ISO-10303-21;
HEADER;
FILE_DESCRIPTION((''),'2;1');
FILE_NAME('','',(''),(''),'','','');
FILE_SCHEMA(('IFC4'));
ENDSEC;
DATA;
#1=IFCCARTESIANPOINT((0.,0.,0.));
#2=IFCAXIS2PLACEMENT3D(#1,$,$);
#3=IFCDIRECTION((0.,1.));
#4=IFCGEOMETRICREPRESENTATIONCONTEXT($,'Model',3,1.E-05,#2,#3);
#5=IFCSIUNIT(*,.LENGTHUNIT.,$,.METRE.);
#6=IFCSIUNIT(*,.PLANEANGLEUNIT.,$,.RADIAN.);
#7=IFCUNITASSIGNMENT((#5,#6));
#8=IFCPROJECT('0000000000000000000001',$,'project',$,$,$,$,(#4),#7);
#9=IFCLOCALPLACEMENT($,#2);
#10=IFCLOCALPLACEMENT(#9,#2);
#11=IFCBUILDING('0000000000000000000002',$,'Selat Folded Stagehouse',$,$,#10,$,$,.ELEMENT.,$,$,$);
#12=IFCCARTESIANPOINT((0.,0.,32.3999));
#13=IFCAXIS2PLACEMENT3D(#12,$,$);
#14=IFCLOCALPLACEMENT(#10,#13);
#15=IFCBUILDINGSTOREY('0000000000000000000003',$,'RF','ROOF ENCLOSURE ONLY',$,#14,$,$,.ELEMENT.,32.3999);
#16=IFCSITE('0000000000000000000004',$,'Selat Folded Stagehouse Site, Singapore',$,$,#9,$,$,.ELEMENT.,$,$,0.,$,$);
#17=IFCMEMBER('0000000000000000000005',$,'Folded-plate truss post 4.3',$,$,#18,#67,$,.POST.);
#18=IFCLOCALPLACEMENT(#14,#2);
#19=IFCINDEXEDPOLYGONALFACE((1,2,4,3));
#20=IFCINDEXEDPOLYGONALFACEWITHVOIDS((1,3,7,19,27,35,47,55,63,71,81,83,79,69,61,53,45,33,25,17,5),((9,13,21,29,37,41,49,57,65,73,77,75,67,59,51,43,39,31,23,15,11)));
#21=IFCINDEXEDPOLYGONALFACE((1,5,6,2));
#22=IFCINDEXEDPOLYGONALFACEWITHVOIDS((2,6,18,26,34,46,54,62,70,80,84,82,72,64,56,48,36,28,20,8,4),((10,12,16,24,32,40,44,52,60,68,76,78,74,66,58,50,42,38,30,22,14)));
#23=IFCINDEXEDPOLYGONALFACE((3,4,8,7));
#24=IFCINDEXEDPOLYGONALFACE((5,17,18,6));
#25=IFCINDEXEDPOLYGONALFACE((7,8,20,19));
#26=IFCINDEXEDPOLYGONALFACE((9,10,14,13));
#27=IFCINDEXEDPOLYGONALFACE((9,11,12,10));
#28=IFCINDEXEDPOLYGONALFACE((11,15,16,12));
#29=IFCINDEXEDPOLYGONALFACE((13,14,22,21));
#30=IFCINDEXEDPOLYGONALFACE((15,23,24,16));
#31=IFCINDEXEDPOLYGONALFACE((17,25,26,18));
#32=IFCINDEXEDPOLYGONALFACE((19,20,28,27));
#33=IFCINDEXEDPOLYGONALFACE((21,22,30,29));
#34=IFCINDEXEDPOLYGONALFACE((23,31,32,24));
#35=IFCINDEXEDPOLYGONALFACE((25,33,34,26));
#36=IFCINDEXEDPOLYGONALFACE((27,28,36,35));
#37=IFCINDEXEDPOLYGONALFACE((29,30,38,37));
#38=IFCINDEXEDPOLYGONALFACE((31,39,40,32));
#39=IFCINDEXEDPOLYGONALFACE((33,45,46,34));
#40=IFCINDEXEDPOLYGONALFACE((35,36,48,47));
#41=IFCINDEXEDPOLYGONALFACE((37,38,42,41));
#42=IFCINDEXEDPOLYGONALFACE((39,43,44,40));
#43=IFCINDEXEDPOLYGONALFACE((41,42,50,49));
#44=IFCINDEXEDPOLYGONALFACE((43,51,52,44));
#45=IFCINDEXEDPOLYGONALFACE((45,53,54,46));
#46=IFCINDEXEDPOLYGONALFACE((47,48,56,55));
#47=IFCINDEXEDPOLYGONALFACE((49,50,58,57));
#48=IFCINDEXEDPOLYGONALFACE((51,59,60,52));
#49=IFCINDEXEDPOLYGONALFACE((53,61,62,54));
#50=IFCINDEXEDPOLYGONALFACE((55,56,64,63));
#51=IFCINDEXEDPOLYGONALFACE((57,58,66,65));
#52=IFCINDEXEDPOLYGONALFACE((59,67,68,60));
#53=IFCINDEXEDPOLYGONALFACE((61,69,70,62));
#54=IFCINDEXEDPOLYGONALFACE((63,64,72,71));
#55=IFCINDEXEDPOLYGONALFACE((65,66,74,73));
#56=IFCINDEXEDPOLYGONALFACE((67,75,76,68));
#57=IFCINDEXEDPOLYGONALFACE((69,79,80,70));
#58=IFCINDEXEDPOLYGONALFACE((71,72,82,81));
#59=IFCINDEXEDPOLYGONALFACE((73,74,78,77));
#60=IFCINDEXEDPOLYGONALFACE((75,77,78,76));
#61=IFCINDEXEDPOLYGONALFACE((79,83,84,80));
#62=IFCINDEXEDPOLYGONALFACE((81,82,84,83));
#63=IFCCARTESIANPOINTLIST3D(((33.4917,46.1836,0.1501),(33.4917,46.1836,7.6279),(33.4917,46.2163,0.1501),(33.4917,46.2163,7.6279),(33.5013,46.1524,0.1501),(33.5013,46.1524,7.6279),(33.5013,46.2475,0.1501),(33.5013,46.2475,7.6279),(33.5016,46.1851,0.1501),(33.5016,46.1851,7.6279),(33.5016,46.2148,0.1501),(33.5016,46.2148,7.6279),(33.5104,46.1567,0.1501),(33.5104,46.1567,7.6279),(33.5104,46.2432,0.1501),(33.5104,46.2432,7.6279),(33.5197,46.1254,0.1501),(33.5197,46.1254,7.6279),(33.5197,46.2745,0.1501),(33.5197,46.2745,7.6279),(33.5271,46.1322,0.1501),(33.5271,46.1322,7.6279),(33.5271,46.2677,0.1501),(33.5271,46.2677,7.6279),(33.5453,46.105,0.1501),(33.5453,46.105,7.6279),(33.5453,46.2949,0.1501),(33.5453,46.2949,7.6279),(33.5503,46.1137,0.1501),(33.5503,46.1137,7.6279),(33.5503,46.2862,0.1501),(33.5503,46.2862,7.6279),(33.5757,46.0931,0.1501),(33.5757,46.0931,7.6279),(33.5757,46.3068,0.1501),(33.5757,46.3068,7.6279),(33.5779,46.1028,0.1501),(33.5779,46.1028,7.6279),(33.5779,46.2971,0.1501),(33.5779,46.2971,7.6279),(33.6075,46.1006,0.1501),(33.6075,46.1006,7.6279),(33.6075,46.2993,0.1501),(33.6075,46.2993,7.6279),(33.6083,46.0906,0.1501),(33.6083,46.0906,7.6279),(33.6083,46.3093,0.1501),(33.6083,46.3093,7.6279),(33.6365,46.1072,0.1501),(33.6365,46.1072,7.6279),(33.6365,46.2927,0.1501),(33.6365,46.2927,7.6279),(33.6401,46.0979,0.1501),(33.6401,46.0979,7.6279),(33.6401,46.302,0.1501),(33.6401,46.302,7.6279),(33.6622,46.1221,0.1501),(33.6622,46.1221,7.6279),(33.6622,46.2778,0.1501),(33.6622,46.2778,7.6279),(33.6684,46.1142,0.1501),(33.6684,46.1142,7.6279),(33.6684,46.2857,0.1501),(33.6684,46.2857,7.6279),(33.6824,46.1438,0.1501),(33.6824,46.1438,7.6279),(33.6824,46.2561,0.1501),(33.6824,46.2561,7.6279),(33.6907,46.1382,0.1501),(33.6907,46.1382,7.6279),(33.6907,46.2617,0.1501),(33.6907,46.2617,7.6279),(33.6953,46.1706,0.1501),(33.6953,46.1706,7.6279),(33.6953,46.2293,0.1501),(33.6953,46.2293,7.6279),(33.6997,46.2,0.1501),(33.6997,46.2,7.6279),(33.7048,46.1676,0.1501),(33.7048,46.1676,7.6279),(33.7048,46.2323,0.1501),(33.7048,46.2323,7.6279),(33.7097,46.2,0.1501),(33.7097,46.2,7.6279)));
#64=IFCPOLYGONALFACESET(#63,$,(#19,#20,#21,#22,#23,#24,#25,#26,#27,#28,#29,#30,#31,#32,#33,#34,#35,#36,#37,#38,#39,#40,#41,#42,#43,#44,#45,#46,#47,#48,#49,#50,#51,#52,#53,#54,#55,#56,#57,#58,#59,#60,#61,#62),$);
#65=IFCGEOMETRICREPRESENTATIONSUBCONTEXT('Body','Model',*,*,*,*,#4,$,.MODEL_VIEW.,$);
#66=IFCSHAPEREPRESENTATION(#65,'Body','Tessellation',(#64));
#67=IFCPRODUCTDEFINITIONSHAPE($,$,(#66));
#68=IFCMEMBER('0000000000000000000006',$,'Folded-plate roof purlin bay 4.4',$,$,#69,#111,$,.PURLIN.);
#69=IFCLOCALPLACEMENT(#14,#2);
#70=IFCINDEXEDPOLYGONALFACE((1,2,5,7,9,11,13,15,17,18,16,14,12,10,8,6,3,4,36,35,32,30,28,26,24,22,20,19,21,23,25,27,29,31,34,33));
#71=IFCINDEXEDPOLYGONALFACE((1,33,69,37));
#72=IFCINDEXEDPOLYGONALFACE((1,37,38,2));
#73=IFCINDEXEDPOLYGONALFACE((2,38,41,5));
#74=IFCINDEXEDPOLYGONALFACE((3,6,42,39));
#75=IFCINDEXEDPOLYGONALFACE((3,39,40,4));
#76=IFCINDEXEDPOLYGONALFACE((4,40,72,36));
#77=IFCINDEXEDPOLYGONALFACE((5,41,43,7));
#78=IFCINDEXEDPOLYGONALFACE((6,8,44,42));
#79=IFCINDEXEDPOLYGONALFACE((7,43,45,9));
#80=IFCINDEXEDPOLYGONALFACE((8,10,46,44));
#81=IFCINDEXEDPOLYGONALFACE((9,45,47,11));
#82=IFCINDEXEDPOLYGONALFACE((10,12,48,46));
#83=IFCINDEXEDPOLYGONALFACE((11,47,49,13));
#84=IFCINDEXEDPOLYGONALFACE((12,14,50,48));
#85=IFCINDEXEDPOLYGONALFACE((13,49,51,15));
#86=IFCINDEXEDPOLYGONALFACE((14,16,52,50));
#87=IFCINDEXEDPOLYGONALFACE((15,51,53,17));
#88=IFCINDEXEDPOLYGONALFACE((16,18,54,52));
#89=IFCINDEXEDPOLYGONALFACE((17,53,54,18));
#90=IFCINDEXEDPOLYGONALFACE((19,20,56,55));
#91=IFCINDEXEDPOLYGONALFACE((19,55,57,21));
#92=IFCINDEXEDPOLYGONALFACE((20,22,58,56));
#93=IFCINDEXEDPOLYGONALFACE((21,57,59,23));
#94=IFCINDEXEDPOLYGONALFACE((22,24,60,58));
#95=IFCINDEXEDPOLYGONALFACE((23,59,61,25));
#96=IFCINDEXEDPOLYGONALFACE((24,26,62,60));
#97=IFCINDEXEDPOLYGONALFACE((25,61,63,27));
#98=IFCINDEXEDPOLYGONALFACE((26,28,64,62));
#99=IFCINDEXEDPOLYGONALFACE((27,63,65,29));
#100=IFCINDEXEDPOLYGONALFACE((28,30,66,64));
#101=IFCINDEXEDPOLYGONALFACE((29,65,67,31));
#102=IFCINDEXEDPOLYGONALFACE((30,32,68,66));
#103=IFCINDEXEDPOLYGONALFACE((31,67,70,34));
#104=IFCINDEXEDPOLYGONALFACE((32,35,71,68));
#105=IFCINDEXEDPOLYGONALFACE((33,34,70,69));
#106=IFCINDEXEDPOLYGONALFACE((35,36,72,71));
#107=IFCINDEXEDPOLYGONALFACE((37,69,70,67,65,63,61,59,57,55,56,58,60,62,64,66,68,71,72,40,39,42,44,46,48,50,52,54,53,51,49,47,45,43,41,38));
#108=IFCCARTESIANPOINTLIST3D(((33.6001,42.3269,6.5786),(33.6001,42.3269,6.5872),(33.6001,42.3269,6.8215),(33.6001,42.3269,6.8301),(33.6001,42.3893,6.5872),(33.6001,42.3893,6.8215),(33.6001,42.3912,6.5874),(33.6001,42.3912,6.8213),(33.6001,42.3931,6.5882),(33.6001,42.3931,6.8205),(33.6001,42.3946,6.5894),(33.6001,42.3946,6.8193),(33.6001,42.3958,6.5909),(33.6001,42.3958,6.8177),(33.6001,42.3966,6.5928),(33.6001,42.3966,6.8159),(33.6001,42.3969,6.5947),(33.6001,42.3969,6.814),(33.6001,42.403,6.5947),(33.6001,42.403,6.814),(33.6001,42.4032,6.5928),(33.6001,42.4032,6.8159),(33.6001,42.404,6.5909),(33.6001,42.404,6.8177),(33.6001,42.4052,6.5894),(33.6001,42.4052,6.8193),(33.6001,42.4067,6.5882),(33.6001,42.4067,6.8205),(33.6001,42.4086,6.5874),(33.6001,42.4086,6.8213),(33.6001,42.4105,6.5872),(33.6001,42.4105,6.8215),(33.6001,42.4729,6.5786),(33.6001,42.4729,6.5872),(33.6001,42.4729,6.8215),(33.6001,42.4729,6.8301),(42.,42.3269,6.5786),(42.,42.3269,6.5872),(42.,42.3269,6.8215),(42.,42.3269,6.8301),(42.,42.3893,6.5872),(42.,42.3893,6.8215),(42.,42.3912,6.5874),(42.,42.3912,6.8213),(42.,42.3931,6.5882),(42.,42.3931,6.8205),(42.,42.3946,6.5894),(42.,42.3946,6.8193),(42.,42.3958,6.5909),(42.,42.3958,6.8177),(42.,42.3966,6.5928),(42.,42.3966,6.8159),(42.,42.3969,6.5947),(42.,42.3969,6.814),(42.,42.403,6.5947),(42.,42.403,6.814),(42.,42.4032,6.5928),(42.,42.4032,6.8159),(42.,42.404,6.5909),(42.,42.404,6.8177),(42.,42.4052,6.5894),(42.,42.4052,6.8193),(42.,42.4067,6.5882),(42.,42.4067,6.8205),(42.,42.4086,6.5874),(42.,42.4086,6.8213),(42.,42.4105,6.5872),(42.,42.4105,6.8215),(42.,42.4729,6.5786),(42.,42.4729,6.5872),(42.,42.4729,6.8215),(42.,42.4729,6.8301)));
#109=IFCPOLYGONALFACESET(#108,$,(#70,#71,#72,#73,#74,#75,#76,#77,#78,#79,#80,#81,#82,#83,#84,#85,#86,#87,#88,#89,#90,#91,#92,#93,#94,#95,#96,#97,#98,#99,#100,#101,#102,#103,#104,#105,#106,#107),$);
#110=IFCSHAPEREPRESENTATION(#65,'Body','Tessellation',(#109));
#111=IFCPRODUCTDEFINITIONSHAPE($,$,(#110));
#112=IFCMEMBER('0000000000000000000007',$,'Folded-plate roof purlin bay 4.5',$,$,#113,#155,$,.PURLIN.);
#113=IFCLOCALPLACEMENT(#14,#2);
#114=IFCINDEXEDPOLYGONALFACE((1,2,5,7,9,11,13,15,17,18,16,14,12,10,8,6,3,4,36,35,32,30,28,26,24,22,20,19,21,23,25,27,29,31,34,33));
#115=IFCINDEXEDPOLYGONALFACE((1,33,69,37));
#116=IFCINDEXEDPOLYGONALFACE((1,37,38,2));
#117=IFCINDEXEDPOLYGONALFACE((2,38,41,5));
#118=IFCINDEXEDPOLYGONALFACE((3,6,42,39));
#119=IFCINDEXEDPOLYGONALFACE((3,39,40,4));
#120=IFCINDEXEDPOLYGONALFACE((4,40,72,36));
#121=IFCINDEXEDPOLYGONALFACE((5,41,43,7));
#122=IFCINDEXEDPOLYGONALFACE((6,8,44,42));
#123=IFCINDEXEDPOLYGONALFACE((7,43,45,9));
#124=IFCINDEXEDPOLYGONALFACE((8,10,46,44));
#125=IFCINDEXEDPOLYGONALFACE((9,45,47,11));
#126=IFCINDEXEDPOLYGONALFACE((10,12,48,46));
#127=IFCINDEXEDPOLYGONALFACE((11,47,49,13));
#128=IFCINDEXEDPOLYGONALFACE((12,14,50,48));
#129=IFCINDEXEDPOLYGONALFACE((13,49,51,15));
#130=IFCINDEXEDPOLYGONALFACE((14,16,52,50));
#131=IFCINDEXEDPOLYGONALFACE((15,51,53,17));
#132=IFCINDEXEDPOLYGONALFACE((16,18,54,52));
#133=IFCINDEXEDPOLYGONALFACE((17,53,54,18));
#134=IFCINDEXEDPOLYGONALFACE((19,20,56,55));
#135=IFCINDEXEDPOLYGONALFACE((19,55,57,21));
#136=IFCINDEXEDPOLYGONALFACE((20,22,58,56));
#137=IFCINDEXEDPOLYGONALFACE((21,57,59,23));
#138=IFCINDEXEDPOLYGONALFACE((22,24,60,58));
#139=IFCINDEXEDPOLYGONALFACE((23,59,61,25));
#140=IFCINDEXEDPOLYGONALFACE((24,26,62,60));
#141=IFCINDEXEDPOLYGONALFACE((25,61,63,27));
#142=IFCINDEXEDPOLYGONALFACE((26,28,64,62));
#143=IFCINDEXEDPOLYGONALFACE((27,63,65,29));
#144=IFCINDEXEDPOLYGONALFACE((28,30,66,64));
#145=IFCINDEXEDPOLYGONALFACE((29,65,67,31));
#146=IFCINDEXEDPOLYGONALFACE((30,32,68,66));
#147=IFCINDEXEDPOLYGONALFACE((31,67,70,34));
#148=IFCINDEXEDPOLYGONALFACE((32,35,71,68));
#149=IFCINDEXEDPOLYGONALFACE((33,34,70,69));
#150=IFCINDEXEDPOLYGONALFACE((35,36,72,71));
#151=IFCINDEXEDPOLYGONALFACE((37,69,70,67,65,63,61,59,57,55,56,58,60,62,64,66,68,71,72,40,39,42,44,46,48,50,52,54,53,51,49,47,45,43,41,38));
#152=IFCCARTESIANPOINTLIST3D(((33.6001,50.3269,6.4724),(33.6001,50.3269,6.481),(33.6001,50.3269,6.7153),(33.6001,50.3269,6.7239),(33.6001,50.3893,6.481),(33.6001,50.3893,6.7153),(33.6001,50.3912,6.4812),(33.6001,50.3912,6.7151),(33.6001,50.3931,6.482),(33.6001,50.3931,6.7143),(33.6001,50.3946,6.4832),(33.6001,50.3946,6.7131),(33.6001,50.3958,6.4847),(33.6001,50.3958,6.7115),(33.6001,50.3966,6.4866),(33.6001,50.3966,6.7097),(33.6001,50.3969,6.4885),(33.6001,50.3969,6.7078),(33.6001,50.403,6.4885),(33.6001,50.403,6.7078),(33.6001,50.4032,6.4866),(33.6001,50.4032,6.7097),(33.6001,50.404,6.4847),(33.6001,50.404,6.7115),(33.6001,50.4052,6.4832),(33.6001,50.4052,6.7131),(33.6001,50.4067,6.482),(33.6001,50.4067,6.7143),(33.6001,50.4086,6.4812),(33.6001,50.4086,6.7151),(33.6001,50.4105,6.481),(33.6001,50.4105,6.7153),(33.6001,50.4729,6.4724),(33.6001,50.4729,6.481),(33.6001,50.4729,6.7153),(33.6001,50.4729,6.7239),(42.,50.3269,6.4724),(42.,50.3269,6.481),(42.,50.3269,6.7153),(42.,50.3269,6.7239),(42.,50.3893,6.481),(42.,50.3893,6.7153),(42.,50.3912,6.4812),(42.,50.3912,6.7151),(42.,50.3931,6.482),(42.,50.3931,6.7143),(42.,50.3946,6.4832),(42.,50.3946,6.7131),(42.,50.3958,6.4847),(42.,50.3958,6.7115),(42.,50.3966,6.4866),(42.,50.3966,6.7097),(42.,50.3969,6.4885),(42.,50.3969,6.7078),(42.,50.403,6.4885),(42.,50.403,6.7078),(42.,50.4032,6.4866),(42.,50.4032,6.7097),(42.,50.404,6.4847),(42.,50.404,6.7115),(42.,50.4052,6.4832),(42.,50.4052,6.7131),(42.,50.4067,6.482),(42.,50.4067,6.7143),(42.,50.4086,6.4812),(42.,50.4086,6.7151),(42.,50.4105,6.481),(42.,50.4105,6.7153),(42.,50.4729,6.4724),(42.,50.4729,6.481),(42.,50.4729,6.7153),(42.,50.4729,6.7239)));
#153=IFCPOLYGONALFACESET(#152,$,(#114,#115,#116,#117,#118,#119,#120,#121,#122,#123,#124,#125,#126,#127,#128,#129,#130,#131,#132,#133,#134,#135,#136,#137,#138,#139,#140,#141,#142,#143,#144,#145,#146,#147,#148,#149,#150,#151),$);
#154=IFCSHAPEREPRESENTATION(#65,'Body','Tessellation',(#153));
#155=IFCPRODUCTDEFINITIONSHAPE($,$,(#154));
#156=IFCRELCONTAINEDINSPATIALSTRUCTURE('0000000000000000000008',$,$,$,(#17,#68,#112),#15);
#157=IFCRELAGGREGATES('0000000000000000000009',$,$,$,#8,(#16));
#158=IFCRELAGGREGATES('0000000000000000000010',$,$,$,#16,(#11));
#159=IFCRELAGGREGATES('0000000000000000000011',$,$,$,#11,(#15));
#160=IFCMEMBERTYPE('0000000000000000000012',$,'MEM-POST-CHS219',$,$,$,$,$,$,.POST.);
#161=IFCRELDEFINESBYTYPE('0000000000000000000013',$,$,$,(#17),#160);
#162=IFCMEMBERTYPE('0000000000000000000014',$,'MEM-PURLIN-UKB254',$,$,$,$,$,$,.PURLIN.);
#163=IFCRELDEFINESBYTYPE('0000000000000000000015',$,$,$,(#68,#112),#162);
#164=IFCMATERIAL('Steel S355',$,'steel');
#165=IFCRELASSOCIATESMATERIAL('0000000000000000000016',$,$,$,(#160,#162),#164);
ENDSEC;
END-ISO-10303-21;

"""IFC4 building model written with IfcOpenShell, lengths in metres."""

from ifc_helpers import new_model, si_unit, direction, frame, origin, origin_2d, place, context, subcontext, project, spatial, hollow_circle, i_section, extrude, material, material_profile, profile_set, type_object, element, save


model = new_model("IFC4")

# Units and contexts
model_context = context("Model", 3, precision=1e-05, world=origin(), true_north=direction((0.0, 1.0)))
body_context = subcontext(model_context, "Body", "Model", "MODEL_VIEW")
ifc_project = project(units=[si_unit("LENGTHUNIT", "METRE"), si_unit("PLANEANGLEUNIT", "RADIAN")], contexts=[model_context])

# Site, building, storey
site_placement = place(None, origin())
site = spatial("IfcSite", under=ifc_project, at=site_placement, Name="Selat Folded Stagehouse Site, Singapore", CompositionType="ELEMENT", RefElevation=0.0)
building_placement = place(site_placement, origin())
building = spatial("IfcBuilding", under=site, at=building_placement, Name="Selat Folded Stagehouse", CompositionType="ELEMENT")
storey_placement = place(building_placement, frame((0.0, 0.0, 32.3999)))
storey = spatial("IfcBuildingStorey", under=building, at=storey_placement, Name="RF", Description="ROOF ENCLOSURE ONLY", CompositionType="ELEMENT", Elevation=32.3999)

# Shared definitions
ifc_material_1 = material(Name="Steel S355", Category="steel")

# Members
ifc_material_profile_1 = material_profile(ifc_material_1, hollow_circle(Radius=0.1096, WallThickness=0.01, at=origin_2d()), Name="CHS 219.1x10.0")
ifc_profile_set_1 = profile_set([ifc_material_profile_1], Name="Steel S355")
member_type_1 = type_object("IfcMemberType", Name="MEM-POST-CHS219", PredefinedType="POST", material=ifc_profile_set_1)
member_1_placement = place(storey_placement, frame((33.6001, 46.2, 0.1501), z_axis=(0.0, 0.0, 1.0), x_axis=(1.0, 0.0, 0.0)))
element("IfcMember", 1, at=member_1_placement, inside=storey, type_object=member_type_1, Name="Folded-plate truss post 4.3", PredefinedType="POST", context=body_context, shape_type="SweptSolid", body=[
    extrude(hollow_circle(Radius=0.1096, WallThickness=0.01, at=origin_2d()), origin(), (0.0, 0.0, 1.0), 7.4778),
])
ifc_material_profile_2 = material_profile(ifc_material_1, i_section(OverallWidth=0.146, OverallDepth=0.2515, WebThickness=0.0061, FlangeThickness=0.0085, FilletRadius=0.0076, at=origin_2d()), Name="UKB 254x146x31")
ifc_profile_set_2 = profile_set([ifc_material_profile_2], Name="Steel S355")
member_type_2 = type_object("IfcMemberType", Name="MEM-PURLIN-UKB254", PredefinedType="PURLIN", material=ifc_profile_set_2)
for number, where, z_axis, x_axis, name in (
    (2, (33.6001, 42.3999, 6.7043), (1.0, 0.0, 0.0), (0.0, 1.0, 0.0), "Folded-plate roof purlin bay 4.4"),
    (3, (33.6001, 50.3999, 6.5981), (1.0, 0.0, 0.0), (0.0, 1.0, 0.0), "Folded-plate roof purlin bay 4.5"),
):
    element("IfcMember", number, at=place(storey_placement, frame(where, z_axis=z_axis, x_axis=x_axis)), inside=storey, type_object=member_type_2, Name=name, PredefinedType="PURLIN", context=body_context, shape_type="SweptSolid", body=[
        extrude(i_section(OverallWidth=0.146, OverallDepth=0.2515, WebThickness=0.0061, FlangeThickness=0.0085, FilletRadius=0.0076, at=origin_2d()), origin(), (0.0, 0.0, 1.0), 8.3999),
    ])

save(model, "model.ifc")
